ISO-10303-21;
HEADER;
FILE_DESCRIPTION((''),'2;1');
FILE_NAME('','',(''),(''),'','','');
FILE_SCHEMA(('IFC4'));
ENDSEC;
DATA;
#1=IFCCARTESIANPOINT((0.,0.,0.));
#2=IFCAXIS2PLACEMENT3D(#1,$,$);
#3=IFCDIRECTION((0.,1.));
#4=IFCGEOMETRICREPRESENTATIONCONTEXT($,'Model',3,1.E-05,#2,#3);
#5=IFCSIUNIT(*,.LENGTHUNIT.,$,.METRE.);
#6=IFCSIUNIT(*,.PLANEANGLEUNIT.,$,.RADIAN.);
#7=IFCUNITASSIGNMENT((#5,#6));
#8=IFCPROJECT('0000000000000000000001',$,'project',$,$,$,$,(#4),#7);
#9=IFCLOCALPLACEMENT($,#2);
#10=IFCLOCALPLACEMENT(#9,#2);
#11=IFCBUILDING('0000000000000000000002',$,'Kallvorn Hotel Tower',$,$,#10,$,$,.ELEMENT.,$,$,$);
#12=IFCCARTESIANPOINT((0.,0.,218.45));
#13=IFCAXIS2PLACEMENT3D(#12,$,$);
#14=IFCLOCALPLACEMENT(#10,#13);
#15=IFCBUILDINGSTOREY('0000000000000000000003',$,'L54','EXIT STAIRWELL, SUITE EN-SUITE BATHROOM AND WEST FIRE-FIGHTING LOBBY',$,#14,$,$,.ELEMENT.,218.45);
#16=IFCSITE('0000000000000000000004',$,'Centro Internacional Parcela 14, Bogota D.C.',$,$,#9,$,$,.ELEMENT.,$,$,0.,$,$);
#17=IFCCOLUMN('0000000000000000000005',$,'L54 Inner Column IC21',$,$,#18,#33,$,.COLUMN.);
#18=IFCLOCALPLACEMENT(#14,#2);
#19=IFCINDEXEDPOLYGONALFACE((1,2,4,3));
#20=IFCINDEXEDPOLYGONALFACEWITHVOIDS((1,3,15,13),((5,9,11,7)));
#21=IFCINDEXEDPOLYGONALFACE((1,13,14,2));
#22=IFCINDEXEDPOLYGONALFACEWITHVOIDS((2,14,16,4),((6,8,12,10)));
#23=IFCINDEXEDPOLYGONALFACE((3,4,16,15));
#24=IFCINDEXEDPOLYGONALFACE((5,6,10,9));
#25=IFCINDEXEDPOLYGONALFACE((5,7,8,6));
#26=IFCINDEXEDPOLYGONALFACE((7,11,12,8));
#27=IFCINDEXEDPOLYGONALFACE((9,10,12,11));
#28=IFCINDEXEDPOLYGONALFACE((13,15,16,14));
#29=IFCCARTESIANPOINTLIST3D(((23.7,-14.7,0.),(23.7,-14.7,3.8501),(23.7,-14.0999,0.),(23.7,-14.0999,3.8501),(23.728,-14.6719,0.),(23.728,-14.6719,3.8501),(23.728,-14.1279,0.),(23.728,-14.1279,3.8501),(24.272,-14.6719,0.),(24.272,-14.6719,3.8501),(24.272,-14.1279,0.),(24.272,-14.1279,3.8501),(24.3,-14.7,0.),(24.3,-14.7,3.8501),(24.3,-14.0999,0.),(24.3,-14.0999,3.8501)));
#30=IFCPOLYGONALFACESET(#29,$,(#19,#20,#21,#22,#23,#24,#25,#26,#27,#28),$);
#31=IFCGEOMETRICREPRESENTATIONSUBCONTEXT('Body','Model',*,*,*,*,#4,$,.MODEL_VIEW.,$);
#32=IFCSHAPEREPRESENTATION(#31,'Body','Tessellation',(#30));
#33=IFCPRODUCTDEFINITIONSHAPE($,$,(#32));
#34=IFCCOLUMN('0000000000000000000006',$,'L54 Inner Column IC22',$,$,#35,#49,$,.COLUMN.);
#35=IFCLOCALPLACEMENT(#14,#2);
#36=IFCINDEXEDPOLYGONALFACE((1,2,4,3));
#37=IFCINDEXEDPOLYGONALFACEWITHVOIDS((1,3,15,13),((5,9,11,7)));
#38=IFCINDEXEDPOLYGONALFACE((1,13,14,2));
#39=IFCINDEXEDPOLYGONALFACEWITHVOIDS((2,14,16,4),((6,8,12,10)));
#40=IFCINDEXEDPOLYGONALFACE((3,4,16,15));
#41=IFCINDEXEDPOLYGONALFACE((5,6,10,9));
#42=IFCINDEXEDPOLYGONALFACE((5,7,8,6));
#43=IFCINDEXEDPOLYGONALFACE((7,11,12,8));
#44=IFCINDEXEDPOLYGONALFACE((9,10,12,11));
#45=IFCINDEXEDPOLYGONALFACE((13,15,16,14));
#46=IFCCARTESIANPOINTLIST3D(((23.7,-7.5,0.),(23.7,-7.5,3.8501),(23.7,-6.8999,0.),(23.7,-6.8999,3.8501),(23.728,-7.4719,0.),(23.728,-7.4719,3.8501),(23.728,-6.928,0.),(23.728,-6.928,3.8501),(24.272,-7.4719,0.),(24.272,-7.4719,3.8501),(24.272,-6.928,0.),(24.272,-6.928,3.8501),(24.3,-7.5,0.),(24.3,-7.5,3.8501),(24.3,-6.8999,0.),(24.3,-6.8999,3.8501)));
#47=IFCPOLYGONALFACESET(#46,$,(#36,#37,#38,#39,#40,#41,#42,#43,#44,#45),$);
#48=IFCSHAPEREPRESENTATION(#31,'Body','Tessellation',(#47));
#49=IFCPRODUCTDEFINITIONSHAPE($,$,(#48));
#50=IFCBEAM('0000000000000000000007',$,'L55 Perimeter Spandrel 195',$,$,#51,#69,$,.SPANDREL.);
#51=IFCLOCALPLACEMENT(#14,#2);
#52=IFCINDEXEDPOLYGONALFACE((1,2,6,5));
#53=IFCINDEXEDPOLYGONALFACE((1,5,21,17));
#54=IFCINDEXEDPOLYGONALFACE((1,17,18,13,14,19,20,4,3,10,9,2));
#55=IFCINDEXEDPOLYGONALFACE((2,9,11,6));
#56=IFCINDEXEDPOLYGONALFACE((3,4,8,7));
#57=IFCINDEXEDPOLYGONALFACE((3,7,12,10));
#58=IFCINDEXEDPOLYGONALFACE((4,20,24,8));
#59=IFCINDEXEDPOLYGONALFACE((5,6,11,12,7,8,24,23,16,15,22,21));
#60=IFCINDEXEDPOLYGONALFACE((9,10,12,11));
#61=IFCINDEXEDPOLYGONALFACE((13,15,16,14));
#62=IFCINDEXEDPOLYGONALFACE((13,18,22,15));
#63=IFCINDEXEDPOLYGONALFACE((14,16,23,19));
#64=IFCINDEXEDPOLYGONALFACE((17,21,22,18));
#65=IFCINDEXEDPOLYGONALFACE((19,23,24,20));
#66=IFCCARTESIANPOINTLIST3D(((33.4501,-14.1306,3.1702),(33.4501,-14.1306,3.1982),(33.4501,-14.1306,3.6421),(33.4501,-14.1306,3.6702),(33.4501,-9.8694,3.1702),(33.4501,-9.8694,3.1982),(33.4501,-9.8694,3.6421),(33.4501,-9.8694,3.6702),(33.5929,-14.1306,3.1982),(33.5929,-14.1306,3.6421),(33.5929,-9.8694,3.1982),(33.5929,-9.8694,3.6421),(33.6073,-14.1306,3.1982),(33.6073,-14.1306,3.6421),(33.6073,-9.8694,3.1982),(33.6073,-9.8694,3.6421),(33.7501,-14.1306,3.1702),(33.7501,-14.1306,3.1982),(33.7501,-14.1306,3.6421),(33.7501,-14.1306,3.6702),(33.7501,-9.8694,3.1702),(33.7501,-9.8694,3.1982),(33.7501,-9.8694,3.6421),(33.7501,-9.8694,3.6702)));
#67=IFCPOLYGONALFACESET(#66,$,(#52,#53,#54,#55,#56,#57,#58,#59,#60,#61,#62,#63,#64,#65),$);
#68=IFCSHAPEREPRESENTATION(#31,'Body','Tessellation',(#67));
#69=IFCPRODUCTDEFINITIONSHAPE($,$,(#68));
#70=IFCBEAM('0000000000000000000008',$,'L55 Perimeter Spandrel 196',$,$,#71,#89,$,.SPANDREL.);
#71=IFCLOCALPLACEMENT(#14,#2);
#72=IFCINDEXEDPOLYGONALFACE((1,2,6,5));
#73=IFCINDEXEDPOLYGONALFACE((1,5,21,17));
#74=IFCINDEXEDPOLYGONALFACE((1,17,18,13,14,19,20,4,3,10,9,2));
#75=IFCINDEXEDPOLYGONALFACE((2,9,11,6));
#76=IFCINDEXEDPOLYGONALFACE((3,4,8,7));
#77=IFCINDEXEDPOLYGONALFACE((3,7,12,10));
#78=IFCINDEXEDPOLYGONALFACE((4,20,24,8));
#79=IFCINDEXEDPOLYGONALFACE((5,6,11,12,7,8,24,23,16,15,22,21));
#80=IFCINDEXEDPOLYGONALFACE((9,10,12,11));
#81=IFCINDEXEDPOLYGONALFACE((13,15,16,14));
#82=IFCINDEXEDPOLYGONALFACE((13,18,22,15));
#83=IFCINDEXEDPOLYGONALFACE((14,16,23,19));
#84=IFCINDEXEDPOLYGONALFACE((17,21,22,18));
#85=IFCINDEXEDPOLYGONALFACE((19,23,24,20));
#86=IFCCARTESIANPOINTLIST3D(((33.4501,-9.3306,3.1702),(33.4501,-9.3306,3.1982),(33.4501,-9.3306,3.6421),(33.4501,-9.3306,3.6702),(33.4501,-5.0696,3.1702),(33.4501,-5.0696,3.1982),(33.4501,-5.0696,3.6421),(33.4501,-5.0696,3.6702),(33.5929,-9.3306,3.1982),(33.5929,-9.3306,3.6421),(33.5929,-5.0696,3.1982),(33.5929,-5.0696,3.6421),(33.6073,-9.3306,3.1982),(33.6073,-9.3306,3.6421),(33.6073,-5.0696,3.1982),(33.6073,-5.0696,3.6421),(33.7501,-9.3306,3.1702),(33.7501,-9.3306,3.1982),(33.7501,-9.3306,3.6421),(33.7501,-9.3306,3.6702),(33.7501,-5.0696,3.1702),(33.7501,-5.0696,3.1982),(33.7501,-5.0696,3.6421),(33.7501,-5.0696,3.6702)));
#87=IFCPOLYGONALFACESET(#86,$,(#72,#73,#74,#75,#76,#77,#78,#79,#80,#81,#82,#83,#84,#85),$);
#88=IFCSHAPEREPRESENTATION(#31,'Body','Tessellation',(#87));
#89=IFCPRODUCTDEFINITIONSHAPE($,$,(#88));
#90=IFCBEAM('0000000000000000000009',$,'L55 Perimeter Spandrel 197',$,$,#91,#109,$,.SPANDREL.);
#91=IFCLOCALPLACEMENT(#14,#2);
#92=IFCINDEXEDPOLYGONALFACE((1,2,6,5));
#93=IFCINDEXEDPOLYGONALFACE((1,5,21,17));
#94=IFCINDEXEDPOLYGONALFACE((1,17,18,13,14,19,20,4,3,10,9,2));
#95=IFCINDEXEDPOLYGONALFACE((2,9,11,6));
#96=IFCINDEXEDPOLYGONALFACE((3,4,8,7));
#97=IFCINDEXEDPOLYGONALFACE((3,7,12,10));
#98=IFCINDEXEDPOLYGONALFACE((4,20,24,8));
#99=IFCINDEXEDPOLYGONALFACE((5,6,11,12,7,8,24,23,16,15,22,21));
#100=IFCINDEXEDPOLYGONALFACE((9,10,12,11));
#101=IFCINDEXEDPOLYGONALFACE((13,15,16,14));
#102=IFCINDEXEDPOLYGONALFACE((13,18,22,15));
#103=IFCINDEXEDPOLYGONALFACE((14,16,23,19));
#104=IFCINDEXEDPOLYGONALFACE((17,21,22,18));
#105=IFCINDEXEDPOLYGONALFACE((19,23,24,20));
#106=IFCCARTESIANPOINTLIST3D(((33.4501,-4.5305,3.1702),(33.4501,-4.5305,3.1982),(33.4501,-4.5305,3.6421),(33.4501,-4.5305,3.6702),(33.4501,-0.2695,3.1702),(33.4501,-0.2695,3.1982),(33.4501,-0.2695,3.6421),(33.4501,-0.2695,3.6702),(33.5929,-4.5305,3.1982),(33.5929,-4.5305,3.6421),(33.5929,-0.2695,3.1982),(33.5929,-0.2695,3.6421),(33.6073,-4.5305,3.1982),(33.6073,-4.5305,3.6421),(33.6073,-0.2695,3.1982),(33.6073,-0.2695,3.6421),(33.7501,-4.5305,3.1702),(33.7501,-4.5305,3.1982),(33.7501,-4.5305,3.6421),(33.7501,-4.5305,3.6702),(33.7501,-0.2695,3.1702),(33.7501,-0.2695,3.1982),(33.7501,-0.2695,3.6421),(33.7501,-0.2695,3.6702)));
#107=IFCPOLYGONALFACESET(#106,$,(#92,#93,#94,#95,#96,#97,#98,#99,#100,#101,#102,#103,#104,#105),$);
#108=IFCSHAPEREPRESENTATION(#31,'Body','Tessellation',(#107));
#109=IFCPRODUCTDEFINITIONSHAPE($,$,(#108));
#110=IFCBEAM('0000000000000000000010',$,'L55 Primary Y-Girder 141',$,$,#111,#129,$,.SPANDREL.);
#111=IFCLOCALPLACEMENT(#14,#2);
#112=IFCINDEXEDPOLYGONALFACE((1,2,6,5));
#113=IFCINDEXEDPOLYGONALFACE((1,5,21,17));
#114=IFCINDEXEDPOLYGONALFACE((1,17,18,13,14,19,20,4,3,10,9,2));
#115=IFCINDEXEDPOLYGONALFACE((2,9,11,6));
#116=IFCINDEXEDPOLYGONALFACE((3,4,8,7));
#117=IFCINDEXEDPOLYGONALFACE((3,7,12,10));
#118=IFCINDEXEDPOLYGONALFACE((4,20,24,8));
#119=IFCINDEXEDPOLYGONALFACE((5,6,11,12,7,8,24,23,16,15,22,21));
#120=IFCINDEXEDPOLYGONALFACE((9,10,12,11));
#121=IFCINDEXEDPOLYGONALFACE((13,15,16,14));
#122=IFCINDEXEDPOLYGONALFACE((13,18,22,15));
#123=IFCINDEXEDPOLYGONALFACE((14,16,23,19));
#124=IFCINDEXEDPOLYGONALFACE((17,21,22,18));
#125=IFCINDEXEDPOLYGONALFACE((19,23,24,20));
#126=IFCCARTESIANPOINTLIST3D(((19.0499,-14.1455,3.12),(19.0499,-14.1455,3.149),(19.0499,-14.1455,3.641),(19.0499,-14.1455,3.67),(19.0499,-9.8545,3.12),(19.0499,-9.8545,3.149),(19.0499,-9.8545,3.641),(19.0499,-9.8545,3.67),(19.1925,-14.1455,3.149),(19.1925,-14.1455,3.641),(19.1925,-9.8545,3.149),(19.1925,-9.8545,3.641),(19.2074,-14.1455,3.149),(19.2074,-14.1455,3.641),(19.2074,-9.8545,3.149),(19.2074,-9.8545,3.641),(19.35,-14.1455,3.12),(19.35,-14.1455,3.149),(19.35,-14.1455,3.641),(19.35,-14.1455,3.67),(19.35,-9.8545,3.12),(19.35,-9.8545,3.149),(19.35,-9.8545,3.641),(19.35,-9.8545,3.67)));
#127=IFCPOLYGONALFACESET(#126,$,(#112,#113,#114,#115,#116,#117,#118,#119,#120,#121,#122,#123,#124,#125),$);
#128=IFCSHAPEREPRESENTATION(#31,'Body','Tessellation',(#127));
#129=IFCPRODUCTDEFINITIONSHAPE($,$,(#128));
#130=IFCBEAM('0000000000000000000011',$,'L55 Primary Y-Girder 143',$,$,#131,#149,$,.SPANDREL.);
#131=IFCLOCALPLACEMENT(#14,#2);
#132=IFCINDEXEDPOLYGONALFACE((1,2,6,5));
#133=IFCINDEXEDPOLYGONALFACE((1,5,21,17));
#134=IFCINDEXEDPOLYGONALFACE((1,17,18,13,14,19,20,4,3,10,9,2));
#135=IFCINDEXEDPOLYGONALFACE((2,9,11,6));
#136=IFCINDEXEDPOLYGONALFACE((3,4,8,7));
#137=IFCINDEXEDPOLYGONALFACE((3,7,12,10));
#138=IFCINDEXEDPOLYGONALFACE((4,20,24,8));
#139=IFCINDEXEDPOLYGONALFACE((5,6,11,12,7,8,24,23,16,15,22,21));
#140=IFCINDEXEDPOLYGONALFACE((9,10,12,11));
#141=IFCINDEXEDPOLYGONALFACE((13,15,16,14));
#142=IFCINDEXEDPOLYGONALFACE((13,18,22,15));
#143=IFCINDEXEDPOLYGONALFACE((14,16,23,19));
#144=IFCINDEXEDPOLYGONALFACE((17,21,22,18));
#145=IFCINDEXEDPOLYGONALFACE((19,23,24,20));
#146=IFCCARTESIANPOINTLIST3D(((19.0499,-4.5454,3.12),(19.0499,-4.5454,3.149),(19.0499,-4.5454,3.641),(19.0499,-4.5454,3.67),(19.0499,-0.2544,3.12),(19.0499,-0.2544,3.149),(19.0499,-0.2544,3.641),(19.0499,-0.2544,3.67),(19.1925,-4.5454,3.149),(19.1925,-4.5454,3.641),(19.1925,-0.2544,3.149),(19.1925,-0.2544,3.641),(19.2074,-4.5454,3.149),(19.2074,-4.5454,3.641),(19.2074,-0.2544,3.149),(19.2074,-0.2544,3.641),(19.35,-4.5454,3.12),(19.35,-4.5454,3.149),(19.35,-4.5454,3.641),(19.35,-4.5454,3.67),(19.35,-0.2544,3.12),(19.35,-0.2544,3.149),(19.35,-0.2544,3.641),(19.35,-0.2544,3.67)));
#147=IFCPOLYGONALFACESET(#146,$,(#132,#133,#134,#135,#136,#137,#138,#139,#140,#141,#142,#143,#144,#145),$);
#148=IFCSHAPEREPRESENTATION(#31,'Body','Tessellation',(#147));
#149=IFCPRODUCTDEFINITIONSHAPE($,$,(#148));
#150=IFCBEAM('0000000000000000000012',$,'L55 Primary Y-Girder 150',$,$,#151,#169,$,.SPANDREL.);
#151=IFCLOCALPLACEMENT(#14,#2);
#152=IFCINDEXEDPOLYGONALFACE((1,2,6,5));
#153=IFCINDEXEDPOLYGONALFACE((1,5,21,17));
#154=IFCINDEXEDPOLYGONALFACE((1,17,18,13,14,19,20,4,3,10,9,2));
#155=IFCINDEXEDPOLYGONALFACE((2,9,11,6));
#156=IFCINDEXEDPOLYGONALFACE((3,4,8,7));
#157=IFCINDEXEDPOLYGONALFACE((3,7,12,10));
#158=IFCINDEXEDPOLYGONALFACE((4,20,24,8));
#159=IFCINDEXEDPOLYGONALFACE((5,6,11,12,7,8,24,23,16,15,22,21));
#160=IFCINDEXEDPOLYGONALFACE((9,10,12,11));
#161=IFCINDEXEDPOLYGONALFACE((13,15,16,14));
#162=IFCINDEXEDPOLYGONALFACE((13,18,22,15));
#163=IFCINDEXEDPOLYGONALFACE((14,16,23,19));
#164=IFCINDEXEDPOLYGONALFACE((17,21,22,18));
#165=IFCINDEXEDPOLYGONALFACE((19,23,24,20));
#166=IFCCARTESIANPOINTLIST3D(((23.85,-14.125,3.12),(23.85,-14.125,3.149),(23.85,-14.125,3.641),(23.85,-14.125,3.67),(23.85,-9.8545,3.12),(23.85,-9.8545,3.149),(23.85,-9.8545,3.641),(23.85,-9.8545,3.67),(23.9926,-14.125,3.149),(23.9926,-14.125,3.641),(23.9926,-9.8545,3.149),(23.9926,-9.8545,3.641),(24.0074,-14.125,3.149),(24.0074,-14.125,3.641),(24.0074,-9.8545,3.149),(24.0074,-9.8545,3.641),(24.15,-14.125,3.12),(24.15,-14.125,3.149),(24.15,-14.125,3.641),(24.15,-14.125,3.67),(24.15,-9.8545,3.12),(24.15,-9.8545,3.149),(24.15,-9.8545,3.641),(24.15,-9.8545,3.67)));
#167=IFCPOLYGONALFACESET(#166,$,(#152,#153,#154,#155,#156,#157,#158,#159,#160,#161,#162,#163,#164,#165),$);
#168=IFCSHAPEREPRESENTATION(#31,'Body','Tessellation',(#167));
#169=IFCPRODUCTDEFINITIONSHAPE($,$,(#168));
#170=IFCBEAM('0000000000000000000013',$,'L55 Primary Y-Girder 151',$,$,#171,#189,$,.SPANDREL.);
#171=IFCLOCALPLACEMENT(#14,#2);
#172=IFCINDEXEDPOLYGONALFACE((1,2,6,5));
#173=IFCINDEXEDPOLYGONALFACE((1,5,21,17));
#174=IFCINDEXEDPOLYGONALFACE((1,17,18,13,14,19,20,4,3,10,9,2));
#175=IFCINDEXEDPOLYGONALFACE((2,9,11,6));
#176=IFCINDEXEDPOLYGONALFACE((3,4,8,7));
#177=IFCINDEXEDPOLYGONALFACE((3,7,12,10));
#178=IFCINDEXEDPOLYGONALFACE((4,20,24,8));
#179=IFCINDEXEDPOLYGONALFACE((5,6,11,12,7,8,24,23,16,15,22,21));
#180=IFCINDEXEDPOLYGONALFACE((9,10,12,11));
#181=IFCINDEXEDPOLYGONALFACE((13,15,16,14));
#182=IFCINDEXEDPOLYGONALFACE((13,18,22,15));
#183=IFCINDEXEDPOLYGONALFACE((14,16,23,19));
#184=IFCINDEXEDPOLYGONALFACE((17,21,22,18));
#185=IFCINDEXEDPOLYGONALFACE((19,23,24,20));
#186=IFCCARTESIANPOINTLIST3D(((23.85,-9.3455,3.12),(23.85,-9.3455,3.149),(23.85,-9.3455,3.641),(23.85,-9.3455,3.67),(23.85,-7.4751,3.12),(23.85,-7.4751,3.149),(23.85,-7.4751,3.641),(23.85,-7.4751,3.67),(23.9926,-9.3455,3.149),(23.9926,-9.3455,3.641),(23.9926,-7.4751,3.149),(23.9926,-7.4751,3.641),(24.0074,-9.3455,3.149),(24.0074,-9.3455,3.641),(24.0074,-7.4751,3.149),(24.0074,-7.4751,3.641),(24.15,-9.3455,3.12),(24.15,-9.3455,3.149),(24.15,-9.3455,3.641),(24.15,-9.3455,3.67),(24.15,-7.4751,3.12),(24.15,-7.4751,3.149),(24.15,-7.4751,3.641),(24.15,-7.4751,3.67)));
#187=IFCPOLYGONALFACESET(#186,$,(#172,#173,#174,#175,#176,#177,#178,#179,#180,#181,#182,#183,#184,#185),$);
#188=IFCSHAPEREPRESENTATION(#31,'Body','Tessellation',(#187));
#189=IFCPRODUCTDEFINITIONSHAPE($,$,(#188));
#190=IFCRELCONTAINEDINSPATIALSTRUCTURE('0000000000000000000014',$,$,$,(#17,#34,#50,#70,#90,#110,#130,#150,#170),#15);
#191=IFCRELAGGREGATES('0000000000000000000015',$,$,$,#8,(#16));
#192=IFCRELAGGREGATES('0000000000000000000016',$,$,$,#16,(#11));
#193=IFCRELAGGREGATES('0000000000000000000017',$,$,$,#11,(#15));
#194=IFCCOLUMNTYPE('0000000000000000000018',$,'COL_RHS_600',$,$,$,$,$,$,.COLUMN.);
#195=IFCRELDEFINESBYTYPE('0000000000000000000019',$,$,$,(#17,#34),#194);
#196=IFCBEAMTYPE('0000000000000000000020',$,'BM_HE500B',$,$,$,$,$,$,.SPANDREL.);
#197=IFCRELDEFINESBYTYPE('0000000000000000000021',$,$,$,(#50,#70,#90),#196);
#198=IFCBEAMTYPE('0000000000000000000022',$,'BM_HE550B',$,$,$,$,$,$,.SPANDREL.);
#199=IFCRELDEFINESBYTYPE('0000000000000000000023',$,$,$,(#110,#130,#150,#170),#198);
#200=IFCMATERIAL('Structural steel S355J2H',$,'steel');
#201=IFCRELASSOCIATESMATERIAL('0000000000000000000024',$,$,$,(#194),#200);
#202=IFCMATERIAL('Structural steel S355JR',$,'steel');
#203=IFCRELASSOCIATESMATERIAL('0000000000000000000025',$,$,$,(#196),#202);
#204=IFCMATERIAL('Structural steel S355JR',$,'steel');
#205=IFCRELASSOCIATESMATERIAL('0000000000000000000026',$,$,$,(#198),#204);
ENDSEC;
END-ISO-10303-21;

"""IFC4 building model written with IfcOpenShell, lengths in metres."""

from ifc_helpers import new_model, si_unit, direction, frame, origin, origin_2d, place, context, subcontext, project, spatial, hollow_rectangle, i_section, extrude, material, material_profile, profile_set, type_object, element, save


model = new_model("IFC4")

# Units and contexts
model_context = context("Model", 3, precision=1e-05, world=origin(), true_north=direction((0.0, 1.0)))
body_context = subcontext(model_context, "Body", "Model", "MODEL_VIEW")
ifc_project = project(units=[si_unit("LENGTHUNIT", "METRE"), si_unit("PLANEANGLEUNIT", "RADIAN")], contexts=[model_context])

# Site, building, storey
site_placement = place(None, origin())
site = spatial("IfcSite", under=ifc_project, at=site_placement, Name="Centro Internacional Parcela 14, Bogota D.C.", CompositionType="ELEMENT", RefElevation=0.0)
building_placement = place(site_placement, origin())
building = spatial("IfcBuilding", under=site, at=building_placement, Name="Kallvorn Hotel Tower", CompositionType="ELEMENT")
storey_placement = place(building_placement, frame((0.0, 0.0, 218.45)))
storey = spatial("IfcBuildingStorey", under=building, at=storey_placement, Name="L54", Description="EXIT STAIRWELL, SUITE EN-SUITE BATHROOM AND WEST FIRE-FIGHTING LOBBY", CompositionType="ELEMENT", Elevation=218.45)

# Columns
ifc_material_1 = material(Name="Structural steel S355J2H", Category="steel")
ifc_material_profile_1 = material_profile(ifc_material_1, hollow_rectangle(XDim=0.6001, YDim=0.6001, WallThickness=0.0281, at=origin_2d()), Name="RHS 600x600x28")
ifc_profile_set_1 = profile_set([ifc_material_profile_1], Name="Structural steel S355J2H")
column_type_1 = type_object("IfcColumnType", Name="COL_RHS_600", PredefinedType="COLUMN", material=ifc_profile_set_1)
for number, where, z_axis, x_axis, name in (
    (1, (24.0, -14.3999, 0.0), (0.0, 0.0, 1.0), (1.0, 0.0, 0.0), "L54 Inner Column IC21"),
    (2, (24.0, -7.2, 0.0), (0.0, 0.0, 1.0), (1.0, 0.0, 0.0), "L54 Inner Column IC22"),
):
    element("IfcColumn", number, at=place(storey_placement, frame(where, z_axis=z_axis, x_axis=x_axis)), inside=storey, type_object=column_type_1, Name=name, PredefinedType="COLUMN", context=body_context, shape_type="SweptSolid", body=[
        extrude(hollow_rectangle(XDim=0.6001, YDim=0.6001, WallThickness=0.0281, at=origin_2d()), origin(), (0.0, 0.0, 1.0), 3.8501),
    ])

# Beams
ifc_material_2 = material(Name="Structural steel S355JR", Category="steel")
ifc_material_profile_2 = material_profile(ifc_material_2, i_section(OverallWidth=0.3, OverallDepth=0.5, WebThickness=0.0144, FlangeThickness=0.0281, at=origin_2d()), Name="HE 500 B")
ifc_profile_set_2 = profile_set([ifc_material_profile_2], Name="Structural steel S355JR")
beam_type_1 = type_object("IfcBeamType", Name="BM_HE500B", PredefinedType="SPANDREL", material=ifc_profile_set_2)
beam_1_placement = place(storey_placement, frame((33.6001, -14.1306, 3.4202), z_axis=(0.0, 1.0, 0.0), x_axis=(-1.0, 0.0, 0.0)))
element("IfcBeam", 3, at=beam_1_placement, inside=storey, type_object=beam_type_1, Name="L55 Perimeter Spandrel 195", PredefinedType="SPANDREL", context=body_context, shape_type="SweptSolid", body=[
    extrude(i_section(OverallWidth=0.3, OverallDepth=0.5, WebThickness=0.0144, FlangeThickness=0.0281, at=origin_2d()), origin(), (0.0, 0.0, 1.0), 4.2612),
])
for number, where, z_axis, x_axis, name in (
    (4, (33.6001, -9.3306, 3.4202), (0.0, 1.0, 0.0), (-1.0, 0.0, 0.0), "L55 Perimeter Spandrel 196"),
    (5, (33.6001, -4.5305, 3.4202), (0.0, 1.0, 0.0), (-1.0, 0.0, 0.0), "L55 Perimeter Spandrel 197"),
):
    element("IfcBeam", number, at=place(storey_placement, frame(where, z_axis=z_axis, x_axis=x_axis)), inside=storey, type_object=beam_type_1, Name=name, PredefinedType="SPANDREL", context=body_context, shape_type="SweptSolid", body=[
        extrude(i_section(OverallWidth=0.3, OverallDepth=0.5, WebThickness=0.0144, FlangeThickness=0.0281, at=origin_2d()), origin(), (0.0, 0.0, 1.0), 4.261),
    ])
ifc_material_3 = material(Name="Structural steel S355JR", Category="steel")
ifc_material_profile_3 = material_profile(ifc_material_3, i_section(OverallWidth=0.3, OverallDepth=0.55, WebThickness=0.0149, FlangeThickness=0.0291, at=origin_2d()), Name="HE 550 B")
ifc_profile_set_3 = profile_set([ifc_material_profile_3], Name="Structural steel S355JR")
beam_type_2 = type_object("IfcBeamType", Name="BM_HE550B", PredefinedType="SPANDREL", material=ifc_profile_set_3)
for number, where, z_axis, x_axis, name in (
    (6, (19.2, -14.1455, 3.395), (0.0, 1.0, 0.0), (-1.0, 0.0, 0.0), "L55 Primary Y-Girder 141"),
    (7, (19.2, -4.5454, 3.395), (0.0, 1.0, 0.0), (-1.0, 0.0, 0.0), "L55 Primary Y-Girder 143"),
):
    element("IfcBeam", number, at=place(storey_placement, frame(where, z_axis=z_axis, x_axis=x_axis)), inside=storey, type_object=beam_type_2, Name=name, PredefinedType="SPANDREL", context=body_context, shape_type="SweptSolid", body=[
        extrude(i_section(OverallWidth=0.3, OverallDepth=0.55, WebThickness=0.0149, FlangeThickness=0.0291, at=origin_2d()), origin(), (0.0, 0.0, 1.0), 4.291),
    ])
beam_2_placement = place(storey_placement, frame((24.0, -14.125, 3.395), z_axis=(0.0, 1.0, 0.0), x_axis=(-1.0, 0.0, 0.0)))
element("IfcBeam", 8, at=beam_2_placement, inside=storey, type_object=beam_type_2, Name="L55 Primary Y-Girder 150", PredefinedType="SPANDREL", context=body_context, shape_type="SweptSolid", body=[
    extrude(i_section(OverallWidth=0.3, OverallDepth=0.55, WebThickness=0.0149, FlangeThickness=0.0291, at=origin_2d()), origin(), (0.0, 0.0, 1.0), 4.2705),
])
beam_3_placement = place(storey_placement, frame((24.0, -9.3455, 3.395), z_axis=(0.0, 1.0, 0.0), x_axis=(-1.0, 0.0, 0.0)))
element("IfcBeam", 9, at=beam_3_placement, inside=storey, type_object=beam_type_2, Name="L55 Primary Y-Girder 151", PredefinedType="SPANDREL", context=body_context, shape_type="SweptSolid", body=[
    extrude(i_section(OverallWidth=0.3, OverallDepth=0.55, WebThickness=0.0149, FlangeThickness=0.0291, at=origin_2d()), origin(), (0.0, 0.0, 1.0), 1.8704),
])

save(model, "model.ifc")
